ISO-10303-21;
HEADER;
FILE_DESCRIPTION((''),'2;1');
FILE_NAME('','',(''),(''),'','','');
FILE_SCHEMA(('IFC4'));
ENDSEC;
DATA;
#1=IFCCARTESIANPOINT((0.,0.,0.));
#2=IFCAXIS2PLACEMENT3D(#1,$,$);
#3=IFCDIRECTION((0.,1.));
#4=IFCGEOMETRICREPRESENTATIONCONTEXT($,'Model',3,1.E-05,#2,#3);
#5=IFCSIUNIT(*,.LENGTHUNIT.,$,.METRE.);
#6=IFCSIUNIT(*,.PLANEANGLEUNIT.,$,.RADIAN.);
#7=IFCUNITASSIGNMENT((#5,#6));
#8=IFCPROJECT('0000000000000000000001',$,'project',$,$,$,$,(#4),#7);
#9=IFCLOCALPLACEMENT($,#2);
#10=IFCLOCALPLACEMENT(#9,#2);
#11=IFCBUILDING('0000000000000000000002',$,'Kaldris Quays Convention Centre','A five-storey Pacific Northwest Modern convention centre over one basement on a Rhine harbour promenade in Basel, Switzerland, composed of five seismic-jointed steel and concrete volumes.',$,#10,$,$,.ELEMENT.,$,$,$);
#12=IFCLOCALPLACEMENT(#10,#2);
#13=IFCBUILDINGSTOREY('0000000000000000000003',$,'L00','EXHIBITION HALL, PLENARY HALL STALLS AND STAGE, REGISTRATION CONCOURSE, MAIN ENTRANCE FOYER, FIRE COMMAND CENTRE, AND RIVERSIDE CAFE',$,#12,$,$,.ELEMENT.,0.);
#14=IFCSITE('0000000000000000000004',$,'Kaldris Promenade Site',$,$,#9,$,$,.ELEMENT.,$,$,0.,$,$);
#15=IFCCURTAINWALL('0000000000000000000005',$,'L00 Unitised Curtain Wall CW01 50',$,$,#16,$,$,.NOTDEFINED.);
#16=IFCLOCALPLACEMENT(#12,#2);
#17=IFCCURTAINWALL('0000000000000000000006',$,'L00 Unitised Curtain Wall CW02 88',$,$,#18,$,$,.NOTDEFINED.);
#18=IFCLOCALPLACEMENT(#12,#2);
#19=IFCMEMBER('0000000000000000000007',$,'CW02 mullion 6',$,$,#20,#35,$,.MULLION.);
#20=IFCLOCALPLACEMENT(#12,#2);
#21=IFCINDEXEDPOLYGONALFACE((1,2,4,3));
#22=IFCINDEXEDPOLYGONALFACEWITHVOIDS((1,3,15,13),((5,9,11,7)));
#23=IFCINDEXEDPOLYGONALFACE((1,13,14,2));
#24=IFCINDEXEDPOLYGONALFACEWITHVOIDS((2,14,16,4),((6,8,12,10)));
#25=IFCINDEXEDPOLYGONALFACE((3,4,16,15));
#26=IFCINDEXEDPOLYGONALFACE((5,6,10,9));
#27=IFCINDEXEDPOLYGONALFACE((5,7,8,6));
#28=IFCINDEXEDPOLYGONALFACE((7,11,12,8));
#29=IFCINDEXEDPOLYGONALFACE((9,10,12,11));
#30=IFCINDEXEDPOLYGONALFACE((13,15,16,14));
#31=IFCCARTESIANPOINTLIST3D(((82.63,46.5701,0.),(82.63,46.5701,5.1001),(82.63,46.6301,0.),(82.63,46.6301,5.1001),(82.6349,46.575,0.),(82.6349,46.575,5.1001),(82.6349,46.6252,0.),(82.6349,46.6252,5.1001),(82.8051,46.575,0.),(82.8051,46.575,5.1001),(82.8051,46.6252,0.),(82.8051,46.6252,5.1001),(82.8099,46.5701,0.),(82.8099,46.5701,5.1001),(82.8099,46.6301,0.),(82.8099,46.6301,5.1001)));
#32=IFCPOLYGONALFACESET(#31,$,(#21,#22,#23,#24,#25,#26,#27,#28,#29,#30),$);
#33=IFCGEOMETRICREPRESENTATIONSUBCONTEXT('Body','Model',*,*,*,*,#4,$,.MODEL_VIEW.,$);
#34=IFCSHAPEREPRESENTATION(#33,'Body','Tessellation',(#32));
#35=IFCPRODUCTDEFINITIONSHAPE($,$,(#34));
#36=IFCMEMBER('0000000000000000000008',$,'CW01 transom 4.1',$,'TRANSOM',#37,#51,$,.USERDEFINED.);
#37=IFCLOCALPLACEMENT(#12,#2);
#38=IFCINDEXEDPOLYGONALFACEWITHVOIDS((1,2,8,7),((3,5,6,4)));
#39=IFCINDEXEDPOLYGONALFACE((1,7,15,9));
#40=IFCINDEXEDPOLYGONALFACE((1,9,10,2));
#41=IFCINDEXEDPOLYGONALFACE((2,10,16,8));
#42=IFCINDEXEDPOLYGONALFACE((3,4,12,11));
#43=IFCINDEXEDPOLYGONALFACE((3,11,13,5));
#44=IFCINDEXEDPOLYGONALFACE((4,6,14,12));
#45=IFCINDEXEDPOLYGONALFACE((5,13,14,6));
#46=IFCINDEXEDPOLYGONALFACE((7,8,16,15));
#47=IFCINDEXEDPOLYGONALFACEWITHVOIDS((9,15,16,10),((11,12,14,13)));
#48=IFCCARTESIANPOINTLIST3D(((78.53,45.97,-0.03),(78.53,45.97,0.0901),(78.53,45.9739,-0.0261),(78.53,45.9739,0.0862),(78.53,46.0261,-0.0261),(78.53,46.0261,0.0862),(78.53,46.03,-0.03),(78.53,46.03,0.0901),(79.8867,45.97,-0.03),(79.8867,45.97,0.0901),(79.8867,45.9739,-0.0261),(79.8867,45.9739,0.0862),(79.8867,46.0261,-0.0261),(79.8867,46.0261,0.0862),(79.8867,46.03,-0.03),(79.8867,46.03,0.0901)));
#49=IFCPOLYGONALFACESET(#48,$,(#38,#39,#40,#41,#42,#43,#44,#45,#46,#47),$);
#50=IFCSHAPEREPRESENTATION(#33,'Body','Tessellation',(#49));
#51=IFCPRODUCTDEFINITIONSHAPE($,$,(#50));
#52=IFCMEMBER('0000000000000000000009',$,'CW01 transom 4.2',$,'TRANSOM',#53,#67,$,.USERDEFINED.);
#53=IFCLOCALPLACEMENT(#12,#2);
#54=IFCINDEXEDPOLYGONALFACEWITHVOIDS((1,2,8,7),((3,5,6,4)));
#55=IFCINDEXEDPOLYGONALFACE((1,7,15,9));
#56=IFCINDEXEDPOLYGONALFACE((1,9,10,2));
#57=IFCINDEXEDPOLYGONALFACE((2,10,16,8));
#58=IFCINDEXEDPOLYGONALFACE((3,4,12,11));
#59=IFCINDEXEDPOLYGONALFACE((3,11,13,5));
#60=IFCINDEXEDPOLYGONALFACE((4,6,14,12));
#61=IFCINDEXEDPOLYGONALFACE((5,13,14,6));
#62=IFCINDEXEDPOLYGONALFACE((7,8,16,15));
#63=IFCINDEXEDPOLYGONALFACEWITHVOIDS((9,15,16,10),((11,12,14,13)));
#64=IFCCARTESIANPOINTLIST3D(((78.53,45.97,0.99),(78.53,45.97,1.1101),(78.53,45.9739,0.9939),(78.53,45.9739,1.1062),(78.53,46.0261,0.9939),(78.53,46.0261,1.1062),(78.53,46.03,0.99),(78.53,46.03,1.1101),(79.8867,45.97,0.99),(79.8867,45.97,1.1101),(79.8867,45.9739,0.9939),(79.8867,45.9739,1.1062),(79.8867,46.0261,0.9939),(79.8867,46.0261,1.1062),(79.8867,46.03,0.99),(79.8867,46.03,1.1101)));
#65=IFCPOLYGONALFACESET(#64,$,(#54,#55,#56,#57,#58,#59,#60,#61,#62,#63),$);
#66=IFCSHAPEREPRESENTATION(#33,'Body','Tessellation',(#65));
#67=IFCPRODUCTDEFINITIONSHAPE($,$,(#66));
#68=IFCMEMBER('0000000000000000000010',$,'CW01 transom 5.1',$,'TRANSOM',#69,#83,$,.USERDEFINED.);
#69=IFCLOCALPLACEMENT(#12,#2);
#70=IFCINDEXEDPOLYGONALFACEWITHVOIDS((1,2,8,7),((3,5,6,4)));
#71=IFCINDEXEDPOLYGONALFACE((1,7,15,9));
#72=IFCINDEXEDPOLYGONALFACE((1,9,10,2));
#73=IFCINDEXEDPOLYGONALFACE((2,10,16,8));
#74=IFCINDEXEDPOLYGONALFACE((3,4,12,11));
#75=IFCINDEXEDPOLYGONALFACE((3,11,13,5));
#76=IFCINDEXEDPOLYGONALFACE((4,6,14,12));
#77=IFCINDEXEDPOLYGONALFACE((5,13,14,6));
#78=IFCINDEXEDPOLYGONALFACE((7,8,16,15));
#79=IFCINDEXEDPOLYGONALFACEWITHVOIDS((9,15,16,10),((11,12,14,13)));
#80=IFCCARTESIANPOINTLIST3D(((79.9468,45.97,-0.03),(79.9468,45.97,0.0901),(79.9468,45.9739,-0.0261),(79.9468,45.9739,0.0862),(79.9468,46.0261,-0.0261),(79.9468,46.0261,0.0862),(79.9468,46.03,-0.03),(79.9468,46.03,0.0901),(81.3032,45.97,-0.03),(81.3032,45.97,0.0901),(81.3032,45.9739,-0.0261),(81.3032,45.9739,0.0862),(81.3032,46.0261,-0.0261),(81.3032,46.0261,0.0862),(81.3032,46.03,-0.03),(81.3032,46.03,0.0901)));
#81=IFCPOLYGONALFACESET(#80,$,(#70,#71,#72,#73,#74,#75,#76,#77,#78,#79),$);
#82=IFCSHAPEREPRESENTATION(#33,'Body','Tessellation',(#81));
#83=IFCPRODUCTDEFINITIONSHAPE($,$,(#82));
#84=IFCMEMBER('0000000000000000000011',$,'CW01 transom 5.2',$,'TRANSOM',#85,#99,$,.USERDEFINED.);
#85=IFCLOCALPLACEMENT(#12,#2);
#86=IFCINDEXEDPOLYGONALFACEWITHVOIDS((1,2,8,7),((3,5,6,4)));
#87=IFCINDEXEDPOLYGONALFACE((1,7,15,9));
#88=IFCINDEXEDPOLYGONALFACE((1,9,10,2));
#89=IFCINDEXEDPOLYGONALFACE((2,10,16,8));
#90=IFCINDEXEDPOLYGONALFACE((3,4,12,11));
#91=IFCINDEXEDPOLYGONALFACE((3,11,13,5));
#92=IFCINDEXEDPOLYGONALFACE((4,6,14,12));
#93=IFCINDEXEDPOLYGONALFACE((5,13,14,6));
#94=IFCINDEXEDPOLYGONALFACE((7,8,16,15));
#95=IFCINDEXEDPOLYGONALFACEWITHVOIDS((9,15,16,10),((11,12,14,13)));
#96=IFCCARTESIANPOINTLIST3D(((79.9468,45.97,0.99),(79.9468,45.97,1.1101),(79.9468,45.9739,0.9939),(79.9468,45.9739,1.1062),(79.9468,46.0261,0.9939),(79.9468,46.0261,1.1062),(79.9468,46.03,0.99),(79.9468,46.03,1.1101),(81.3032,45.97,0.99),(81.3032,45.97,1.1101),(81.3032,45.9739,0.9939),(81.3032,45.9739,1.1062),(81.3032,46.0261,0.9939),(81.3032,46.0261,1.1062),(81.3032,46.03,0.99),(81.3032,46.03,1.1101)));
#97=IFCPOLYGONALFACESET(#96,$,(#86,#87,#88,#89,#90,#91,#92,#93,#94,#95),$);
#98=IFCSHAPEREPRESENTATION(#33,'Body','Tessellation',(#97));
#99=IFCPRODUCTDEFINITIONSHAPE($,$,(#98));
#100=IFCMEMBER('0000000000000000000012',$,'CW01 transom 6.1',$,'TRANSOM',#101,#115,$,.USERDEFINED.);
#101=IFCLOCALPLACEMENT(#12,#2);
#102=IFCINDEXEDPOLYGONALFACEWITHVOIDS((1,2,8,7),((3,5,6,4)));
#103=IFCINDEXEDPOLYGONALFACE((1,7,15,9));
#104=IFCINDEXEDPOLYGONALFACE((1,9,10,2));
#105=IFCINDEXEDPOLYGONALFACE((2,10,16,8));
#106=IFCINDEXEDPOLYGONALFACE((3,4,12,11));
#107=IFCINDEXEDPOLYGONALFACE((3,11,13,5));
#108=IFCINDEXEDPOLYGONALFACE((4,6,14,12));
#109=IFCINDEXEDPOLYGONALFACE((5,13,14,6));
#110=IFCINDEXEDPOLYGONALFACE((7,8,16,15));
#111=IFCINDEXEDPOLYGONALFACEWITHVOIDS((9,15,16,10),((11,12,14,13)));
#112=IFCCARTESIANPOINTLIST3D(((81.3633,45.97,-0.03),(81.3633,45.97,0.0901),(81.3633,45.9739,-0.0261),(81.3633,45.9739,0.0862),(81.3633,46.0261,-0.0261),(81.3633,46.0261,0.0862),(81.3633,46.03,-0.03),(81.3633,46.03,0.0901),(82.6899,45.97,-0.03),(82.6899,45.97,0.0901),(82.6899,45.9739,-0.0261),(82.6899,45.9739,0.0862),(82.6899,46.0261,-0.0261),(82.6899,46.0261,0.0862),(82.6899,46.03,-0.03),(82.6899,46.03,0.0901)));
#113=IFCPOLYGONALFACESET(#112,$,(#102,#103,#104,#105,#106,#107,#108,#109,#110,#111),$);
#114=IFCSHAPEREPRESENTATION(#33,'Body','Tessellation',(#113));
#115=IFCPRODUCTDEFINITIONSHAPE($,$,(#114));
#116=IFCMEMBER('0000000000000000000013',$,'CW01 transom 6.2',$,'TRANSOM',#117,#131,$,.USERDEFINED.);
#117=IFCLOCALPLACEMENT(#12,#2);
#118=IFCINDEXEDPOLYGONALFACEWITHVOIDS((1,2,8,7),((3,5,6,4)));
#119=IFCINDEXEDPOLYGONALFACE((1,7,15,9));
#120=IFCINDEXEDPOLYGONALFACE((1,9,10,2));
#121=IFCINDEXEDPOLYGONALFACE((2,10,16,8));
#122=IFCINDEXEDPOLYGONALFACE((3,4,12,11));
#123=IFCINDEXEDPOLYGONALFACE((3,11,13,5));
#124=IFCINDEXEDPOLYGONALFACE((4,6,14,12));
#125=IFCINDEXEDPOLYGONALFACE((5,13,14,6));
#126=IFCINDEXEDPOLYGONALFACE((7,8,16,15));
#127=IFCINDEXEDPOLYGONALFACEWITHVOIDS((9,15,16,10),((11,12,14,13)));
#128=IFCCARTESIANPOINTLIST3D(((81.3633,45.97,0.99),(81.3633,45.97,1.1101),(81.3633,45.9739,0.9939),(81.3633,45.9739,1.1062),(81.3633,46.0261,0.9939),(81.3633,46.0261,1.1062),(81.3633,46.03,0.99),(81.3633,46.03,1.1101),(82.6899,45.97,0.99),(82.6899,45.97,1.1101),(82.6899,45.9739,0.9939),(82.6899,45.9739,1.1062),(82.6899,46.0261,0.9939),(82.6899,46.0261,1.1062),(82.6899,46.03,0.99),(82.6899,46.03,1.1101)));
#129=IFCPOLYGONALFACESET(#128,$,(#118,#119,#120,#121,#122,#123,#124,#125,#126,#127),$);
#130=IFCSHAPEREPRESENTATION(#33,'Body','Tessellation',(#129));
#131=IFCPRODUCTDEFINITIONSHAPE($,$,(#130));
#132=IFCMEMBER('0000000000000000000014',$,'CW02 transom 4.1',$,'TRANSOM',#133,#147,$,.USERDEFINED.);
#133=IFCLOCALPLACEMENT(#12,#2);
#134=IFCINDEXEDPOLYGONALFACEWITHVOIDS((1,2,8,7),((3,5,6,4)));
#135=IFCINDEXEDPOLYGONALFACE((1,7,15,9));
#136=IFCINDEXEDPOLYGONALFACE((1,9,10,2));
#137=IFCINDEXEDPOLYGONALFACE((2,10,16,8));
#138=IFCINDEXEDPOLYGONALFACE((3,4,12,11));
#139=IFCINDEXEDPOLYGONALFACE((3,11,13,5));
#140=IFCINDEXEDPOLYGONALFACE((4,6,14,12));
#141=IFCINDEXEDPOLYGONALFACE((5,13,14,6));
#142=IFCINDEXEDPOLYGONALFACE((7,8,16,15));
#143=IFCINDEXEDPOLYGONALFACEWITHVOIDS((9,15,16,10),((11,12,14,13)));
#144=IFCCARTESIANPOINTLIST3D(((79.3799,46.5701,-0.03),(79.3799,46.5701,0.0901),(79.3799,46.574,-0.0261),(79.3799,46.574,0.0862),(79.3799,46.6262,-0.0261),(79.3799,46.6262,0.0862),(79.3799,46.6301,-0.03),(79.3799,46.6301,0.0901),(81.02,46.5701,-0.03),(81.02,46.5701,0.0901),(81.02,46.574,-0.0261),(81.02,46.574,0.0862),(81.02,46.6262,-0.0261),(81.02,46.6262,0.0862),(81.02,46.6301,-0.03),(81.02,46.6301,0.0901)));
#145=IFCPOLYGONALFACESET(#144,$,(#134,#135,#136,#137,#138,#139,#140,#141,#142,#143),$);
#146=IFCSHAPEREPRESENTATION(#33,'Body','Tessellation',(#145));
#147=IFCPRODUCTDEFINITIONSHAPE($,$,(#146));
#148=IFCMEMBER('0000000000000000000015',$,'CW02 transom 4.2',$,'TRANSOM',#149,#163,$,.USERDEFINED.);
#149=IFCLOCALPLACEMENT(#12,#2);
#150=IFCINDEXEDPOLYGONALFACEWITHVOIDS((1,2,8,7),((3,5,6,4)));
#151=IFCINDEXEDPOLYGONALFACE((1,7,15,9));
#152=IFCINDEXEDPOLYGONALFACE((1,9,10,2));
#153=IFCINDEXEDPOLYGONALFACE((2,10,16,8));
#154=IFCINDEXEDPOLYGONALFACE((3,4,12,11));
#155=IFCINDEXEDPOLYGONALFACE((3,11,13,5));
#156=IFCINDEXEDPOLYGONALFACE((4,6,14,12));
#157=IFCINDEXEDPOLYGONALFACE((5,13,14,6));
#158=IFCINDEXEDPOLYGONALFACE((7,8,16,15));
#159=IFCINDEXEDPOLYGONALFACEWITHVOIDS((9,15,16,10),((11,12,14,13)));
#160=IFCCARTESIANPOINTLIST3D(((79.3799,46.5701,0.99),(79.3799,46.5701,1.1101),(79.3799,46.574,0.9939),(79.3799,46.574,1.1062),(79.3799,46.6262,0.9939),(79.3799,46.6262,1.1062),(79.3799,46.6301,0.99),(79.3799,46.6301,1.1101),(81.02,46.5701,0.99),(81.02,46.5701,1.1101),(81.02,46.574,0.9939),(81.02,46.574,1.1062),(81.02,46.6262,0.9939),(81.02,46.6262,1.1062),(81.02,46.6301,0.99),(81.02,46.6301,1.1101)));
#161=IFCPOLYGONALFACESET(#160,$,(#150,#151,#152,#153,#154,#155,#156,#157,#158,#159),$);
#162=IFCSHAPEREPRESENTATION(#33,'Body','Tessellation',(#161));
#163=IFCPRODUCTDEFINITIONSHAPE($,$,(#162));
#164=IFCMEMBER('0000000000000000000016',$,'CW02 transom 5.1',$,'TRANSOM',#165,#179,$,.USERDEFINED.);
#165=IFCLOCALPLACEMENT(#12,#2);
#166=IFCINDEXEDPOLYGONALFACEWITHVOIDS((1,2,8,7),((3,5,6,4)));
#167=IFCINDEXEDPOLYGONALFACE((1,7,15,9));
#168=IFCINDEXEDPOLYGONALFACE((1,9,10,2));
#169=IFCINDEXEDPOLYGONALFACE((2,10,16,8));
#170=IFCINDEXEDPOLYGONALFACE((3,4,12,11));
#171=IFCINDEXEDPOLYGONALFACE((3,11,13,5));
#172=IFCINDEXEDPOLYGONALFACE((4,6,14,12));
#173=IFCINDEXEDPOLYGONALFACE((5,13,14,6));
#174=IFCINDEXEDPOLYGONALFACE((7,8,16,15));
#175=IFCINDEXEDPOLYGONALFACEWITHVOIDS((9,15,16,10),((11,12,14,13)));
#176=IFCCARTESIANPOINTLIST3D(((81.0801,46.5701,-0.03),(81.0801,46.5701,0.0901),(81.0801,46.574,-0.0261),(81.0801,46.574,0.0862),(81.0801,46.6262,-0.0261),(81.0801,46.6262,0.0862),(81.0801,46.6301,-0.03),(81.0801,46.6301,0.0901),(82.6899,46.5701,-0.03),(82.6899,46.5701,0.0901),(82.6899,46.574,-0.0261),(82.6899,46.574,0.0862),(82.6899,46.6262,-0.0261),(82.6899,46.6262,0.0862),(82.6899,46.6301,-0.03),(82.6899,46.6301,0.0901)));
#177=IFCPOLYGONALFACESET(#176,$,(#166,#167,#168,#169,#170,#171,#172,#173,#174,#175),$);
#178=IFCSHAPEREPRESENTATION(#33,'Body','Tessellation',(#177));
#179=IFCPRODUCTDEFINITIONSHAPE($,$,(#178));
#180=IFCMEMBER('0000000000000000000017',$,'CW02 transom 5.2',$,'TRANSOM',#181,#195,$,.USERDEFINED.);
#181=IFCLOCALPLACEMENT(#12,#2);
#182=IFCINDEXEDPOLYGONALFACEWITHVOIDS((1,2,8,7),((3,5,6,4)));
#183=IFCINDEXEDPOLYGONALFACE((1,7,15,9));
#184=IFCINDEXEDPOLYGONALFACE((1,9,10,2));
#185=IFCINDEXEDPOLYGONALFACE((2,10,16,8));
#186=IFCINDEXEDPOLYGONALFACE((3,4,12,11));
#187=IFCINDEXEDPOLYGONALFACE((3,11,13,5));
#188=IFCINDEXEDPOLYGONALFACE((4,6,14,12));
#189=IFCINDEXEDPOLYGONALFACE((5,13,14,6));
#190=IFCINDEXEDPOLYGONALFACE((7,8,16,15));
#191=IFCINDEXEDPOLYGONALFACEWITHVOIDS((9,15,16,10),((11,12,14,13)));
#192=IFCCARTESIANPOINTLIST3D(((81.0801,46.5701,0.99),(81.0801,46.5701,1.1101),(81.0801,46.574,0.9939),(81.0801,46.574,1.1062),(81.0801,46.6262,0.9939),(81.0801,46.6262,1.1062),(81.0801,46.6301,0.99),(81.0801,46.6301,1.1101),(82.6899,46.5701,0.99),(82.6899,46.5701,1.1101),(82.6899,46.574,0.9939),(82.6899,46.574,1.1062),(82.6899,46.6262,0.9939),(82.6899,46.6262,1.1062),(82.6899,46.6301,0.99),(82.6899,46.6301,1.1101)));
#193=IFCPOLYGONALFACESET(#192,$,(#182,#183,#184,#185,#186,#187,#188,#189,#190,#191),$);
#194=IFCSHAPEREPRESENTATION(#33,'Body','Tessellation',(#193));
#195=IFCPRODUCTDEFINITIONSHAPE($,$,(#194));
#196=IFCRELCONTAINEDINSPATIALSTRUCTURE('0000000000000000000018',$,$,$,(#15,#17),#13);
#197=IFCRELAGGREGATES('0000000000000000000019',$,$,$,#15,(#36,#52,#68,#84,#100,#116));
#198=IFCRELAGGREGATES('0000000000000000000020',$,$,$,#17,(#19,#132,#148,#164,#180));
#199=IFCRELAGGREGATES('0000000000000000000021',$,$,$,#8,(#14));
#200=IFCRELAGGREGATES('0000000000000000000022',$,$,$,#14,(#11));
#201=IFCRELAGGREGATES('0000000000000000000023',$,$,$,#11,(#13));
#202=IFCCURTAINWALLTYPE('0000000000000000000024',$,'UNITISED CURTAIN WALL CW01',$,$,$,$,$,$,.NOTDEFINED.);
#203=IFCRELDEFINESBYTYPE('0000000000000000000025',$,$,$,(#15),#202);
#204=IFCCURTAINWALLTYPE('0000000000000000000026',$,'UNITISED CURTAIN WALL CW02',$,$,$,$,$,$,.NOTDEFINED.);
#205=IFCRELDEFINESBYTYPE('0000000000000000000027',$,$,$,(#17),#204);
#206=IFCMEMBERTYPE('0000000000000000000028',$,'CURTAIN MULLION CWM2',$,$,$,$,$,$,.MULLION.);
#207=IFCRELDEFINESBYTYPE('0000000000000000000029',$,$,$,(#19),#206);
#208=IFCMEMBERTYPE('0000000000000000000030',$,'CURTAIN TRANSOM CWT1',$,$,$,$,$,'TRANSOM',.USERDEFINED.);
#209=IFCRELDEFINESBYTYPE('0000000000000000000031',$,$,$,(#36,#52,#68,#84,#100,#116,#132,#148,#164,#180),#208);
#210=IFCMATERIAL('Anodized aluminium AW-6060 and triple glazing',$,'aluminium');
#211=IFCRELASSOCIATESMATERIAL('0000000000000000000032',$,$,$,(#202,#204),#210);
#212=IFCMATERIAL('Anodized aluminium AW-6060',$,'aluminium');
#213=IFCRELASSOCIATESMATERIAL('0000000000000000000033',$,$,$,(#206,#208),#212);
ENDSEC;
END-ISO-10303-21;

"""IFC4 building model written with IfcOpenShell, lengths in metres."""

from ifc_helpers import new_model, si_unit, direction, frame, origin, origin_2d, place, context, subcontext, project, spatial, hollow_rectangle, extrude, material, material_profile, profile_set, type_object, element, aggregate, save


model = new_model("IFC4")

# Units and contexts
model_context = context("Model", 3, precision=1e-05, world=origin(), true_north=direction((0.0, 1.0)))
body_context = subcontext(model_context, "Body", "Model", "MODEL_VIEW")
ifc_project = project(units=[si_unit("LENGTHUNIT", "METRE"), si_unit("PLANEANGLEUNIT", "RADIAN")], contexts=[model_context])

# Site, building, storey
site_placement = place(None, origin())
site = spatial("IfcSite", under=ifc_project, at=site_placement, Name="Kaldris Promenade Site", CompositionType="ELEMENT", RefElevation=0.0)
building_placement = place(site_placement, origin())
building = spatial("IfcBuilding", under=site, at=building_placement, Name="Kaldris Quays Convention Centre", Description="A five-storey Pacific Northwest Modern convention centre over one basement on a Rhine harbour promenade in Basel, Switzerland, composed of five seismic-jointed steel and concrete volumes.", CompositionType="ELEMENT")
storey_placement = place(building_placement, origin())
storey = spatial("IfcBuildingStorey", under=building, at=storey_placement, Name="L00", Description="EXHIBITION HALL, PLENARY HALL STALLS AND STAGE, REGISTRATION CONCOURSE, MAIN ENTRANCE FOYER, FIRE COMMAND CENTRE, AND RIVERSIDE CAFE", CompositionType="ELEMENT", Elevation=0.0)

# Curtain walls, member
ifc_material_1 = material(Name="Anodized aluminium AW-6060 and triple glazing", Category="aluminium")
curtain_wall_type_1 = type_object("IfcCurtainWallType", Name="UNITISED CURTAIN WALL CW01", PredefinedType="NOTDEFINED", material=ifc_material_1)
curtain_wall_1_placement = place(storey_placement, origin())
curtain_wall_1 = element("IfcCurtainWall", 1, at=curtain_wall_1_placement, inside=storey, type_object=curtain_wall_type_1, Name="L00 Unitised Curtain Wall CW01 50", PredefinedType="NOTDEFINED")
ifc_material_2 = material(Name="Anodized aluminium AW-6060", Category="aluminium")
curtain_wall_type_2 = type_object("IfcCurtainWallType", Name="UNITISED CURTAIN WALL CW02", PredefinedType="NOTDEFINED", material=ifc_material_1)
curtain_wall_2_placement = place(storey_placement, origin())
curtain_wall_2 = element("IfcCurtainWall", 2, at=curtain_wall_2_placement, inside=storey, type_object=curtain_wall_type_2, Name="L00 Unitised Curtain Wall CW02 88", PredefinedType="NOTDEFINED")
ifc_material_profile_1 = material_profile(ifc_material_2, hollow_rectangle(XDim=0.0601, YDim=0.1799, WallThickness=0.0049, at=origin_2d()), Name="RHS 180x60x5")
ifc_profile_set_1 = profile_set([ifc_material_profile_1], Name="Anodized aluminium AW-6060")
member_type_1 = type_object("IfcMemberType", Name="CURTAIN MULLION CWM2", PredefinedType="MULLION", material=ifc_profile_set_1)
member_1_placement = place(storey_placement, frame((82.72, 46.6001, 0.0), z_axis=(0.0, 0.0, 1.0), x_axis=(0.0, 1.0, 0.0)))
member_1 = element("IfcMember", 3, at=member_1_placement, type_object=member_type_1, Name="CW02 mullion 6", PredefinedType="MULLION", context=body_context, shape_type="SweptSolid", body=[
    extrude(hollow_rectangle(XDim=0.0601, YDim=0.1799, WallThickness=0.0049, at=origin_2d()), origin(), (0.0, 0.0, 1.0), 5.1001),
])

# Members
ifc_material_profile_2 = material_profile(ifc_material_2, hollow_rectangle(XDim=0.0601, YDim=0.1201, WallThickness=0.0039, at=origin_2d()), Name="RHS 120x60x4")
ifc_profile_set_2 = profile_set([ifc_material_profile_2], Name="Anodized aluminium AW-6060")
member_type_2 = type_object("IfcMemberType", Name="CURTAIN TRANSOM CWT1", ElementType="TRANSOM", PredefinedType="USERDEFINED", material=ifc_profile_set_2)
member_2_placement = place(storey_placement, frame((78.53, 46.0, 0.03), z_axis=(1.0, 0.0, 0.0), x_axis=(0.0, 1.0, 0.0)))
member_2 = element("IfcMember", 4, at=member_2_placement, type_object=member_type_2, Name="CW01 transom 4.1", ObjectType="TRANSOM", PredefinedType="USERDEFINED", context=body_context, shape_type="SweptSolid", body=[
    extrude(hollow_rectangle(XDim=0.0601, YDim=0.1201, WallThickness=0.0039, at=origin_2d()), origin(), (0.0, 0.0, 1.0), 1.3567),
])
member_3_placement = place(storey_placement, frame((78.53, 46.0, 1.05), z_axis=(1.0, 0.0, 0.0), x_axis=(0.0, 1.0, 0.0)))
member_3 = element("IfcMember", 5, at=member_3_placement, type_object=member_type_2, Name="CW01 transom 4.2", ObjectType="TRANSOM", PredefinedType="USERDEFINED", context=body_context, shape_type="SweptSolid", body=[
    extrude(hollow_rectangle(XDim=0.0601, YDim=0.1201, WallThickness=0.0039, at=origin_2d()), origin(), (0.0, 0.0, 1.0), 1.3567),
])
member_4_placement = place(storey_placement, frame((79.9468, 46.0, 0.03), z_axis=(1.0, 0.0, 0.0), x_axis=(0.0, 1.0, 0.0)))
member_4 = element("IfcMember", 6, at=member_4_placement, type_object=member_type_2, Name="CW01 transom 5.1", ObjectType="TRANSOM", PredefinedType="USERDEFINED", context=body_context, shape_type="SweptSolid", body=[
    extrude(hollow_rectangle(XDim=0.0601, YDim=0.1201, WallThickness=0.0039, at=origin_2d()), origin(), (0.0, 0.0, 1.0), 1.3564),
])
member_5_placement = place(storey_placement, frame((79.9468, 46.0, 1.05), z_axis=(1.0, 0.0, 0.0), x_axis=(0.0, 1.0, 0.0)))
member_5 = element("IfcMember", 7, at=member_5_placement, type_object=member_type_2, Name="CW01 transom 5.2", ObjectType="TRANSOM", PredefinedType="USERDEFINED", context=body_context, shape_type="SweptSolid", body=[
    extrude(hollow_rectangle(XDim=0.0601, YDim=0.1201, WallThickness=0.0039, at=origin_2d()), origin(), (0.0, 0.0, 1.0), 1.3564),
])
member_6_placement = place(storey_placement, frame((81.3633, 46.0, 0.03), z_axis=(1.0, 0.0, 0.0), x_axis=(0.0, 1.0, 0.0)))
member_6 = element("IfcMember", 8, at=member_6_placement, type_object=member_type_2, Name="CW01 transom 6.1", ObjectType="TRANSOM", PredefinedType="USERDEFINED", context=body_context, shape_type="SweptSolid", body=[
    extrude(hollow_rectangle(XDim=0.0601, YDim=0.1201, WallThickness=0.0039, at=origin_2d()), origin(), (0.0, 0.0, 1.0), 1.3267),
])
member_7_placement = place(storey_placement, frame((81.3633, 46.0, 1.05), z_axis=(1.0, 0.0, 0.0), x_axis=(0.0, 1.0, 0.0)))
member_7 = element("IfcMember", 9, at=member_7_placement, type_object=member_type_2, Name="CW01 transom 6.2", ObjectType="TRANSOM", PredefinedType="USERDEFINED", context=body_context, shape_type="SweptSolid", body=[
    extrude(hollow_rectangle(XDim=0.0601, YDim=0.1201, WallThickness=0.0039, at=origin_2d()), origin(), (0.0, 0.0, 1.0), 1.3267),
])
member_8_placement = place(storey_placement, frame((79.3799, 46.6001, 0.03), z_axis=(1.0, 0.0, 0.0), x_axis=(0.0, 1.0, 0.0)))
member_8 = element("IfcMember", 10, at=member_8_placement, type_object=member_type_2, Name="CW02 transom 4.1", ObjectType="TRANSOM", PredefinedType="USERDEFINED", context=body_context, shape_type="SweptSolid", body=[
    extrude(hollow_rectangle(XDim=0.0601, YDim=0.1201, WallThickness=0.0039, at=origin_2d()), origin(), (0.0, 0.0, 1.0), 1.6401),
])
member_9_placement = place(storey_placement, frame((79.3799, 46.6001, 1.05), z_axis=(1.0, 0.0, 0.0), x_axis=(0.0, 1.0, 0.0)))
member_9 = element("IfcMember", 11, at=member_9_placement, type_object=member_type_2, Name="CW02 transom 4.2", ObjectType="TRANSOM", PredefinedType="USERDEFINED", context=body_context, shape_type="SweptSolid", body=[
    extrude(hollow_rectangle(XDim=0.0601, YDim=0.1201, WallThickness=0.0039, at=origin_2d()), origin(), (0.0, 0.0, 1.0), 1.6401),
])
member_10_placement = place(storey_placement, frame((81.0801, 46.6001, 0.03), z_axis=(1.0, 0.0, 0.0), x_axis=(0.0, 1.0, 0.0)))
member_10 = element("IfcMember", 12, at=member_10_placement, type_object=member_type_2, Name="CW02 transom 5.1", ObjectType="TRANSOM", PredefinedType="USERDEFINED", context=body_context, shape_type="SweptSolid", body=[
    extrude(hollow_rectangle(XDim=0.0601, YDim=0.1201, WallThickness=0.0039, at=origin_2d()), origin(), (0.0, 0.0, 1.0), 1.6099),
])
member_11_placement = place(storey_placement, frame((81.0801, 46.6001, 1.05), z_axis=(1.0, 0.0, 0.0), x_axis=(0.0, 1.0, 0.0)))
member_11 = element("IfcMember", 13, at=member_11_placement, type_object=member_type_2, Name="CW02 transom 5.2", ObjectType="TRANSOM", PredefinedType="USERDEFINED", context=body_context, shape_type="SweptSolid", body=[
    extrude(hollow_rectangle(XDim=0.0601, YDim=0.1201, WallThickness=0.0039, at=origin_2d()), origin(), (0.0, 0.0, 1.0), 1.6099),
])

aggregate(curtain_wall_1, [member_2, member_3, member_4, member_5, member_6, member_7])
aggregate(curtain_wall_2, [member_1, member_8, member_9, member_10, member_11])

save(model, "model.ifc")
